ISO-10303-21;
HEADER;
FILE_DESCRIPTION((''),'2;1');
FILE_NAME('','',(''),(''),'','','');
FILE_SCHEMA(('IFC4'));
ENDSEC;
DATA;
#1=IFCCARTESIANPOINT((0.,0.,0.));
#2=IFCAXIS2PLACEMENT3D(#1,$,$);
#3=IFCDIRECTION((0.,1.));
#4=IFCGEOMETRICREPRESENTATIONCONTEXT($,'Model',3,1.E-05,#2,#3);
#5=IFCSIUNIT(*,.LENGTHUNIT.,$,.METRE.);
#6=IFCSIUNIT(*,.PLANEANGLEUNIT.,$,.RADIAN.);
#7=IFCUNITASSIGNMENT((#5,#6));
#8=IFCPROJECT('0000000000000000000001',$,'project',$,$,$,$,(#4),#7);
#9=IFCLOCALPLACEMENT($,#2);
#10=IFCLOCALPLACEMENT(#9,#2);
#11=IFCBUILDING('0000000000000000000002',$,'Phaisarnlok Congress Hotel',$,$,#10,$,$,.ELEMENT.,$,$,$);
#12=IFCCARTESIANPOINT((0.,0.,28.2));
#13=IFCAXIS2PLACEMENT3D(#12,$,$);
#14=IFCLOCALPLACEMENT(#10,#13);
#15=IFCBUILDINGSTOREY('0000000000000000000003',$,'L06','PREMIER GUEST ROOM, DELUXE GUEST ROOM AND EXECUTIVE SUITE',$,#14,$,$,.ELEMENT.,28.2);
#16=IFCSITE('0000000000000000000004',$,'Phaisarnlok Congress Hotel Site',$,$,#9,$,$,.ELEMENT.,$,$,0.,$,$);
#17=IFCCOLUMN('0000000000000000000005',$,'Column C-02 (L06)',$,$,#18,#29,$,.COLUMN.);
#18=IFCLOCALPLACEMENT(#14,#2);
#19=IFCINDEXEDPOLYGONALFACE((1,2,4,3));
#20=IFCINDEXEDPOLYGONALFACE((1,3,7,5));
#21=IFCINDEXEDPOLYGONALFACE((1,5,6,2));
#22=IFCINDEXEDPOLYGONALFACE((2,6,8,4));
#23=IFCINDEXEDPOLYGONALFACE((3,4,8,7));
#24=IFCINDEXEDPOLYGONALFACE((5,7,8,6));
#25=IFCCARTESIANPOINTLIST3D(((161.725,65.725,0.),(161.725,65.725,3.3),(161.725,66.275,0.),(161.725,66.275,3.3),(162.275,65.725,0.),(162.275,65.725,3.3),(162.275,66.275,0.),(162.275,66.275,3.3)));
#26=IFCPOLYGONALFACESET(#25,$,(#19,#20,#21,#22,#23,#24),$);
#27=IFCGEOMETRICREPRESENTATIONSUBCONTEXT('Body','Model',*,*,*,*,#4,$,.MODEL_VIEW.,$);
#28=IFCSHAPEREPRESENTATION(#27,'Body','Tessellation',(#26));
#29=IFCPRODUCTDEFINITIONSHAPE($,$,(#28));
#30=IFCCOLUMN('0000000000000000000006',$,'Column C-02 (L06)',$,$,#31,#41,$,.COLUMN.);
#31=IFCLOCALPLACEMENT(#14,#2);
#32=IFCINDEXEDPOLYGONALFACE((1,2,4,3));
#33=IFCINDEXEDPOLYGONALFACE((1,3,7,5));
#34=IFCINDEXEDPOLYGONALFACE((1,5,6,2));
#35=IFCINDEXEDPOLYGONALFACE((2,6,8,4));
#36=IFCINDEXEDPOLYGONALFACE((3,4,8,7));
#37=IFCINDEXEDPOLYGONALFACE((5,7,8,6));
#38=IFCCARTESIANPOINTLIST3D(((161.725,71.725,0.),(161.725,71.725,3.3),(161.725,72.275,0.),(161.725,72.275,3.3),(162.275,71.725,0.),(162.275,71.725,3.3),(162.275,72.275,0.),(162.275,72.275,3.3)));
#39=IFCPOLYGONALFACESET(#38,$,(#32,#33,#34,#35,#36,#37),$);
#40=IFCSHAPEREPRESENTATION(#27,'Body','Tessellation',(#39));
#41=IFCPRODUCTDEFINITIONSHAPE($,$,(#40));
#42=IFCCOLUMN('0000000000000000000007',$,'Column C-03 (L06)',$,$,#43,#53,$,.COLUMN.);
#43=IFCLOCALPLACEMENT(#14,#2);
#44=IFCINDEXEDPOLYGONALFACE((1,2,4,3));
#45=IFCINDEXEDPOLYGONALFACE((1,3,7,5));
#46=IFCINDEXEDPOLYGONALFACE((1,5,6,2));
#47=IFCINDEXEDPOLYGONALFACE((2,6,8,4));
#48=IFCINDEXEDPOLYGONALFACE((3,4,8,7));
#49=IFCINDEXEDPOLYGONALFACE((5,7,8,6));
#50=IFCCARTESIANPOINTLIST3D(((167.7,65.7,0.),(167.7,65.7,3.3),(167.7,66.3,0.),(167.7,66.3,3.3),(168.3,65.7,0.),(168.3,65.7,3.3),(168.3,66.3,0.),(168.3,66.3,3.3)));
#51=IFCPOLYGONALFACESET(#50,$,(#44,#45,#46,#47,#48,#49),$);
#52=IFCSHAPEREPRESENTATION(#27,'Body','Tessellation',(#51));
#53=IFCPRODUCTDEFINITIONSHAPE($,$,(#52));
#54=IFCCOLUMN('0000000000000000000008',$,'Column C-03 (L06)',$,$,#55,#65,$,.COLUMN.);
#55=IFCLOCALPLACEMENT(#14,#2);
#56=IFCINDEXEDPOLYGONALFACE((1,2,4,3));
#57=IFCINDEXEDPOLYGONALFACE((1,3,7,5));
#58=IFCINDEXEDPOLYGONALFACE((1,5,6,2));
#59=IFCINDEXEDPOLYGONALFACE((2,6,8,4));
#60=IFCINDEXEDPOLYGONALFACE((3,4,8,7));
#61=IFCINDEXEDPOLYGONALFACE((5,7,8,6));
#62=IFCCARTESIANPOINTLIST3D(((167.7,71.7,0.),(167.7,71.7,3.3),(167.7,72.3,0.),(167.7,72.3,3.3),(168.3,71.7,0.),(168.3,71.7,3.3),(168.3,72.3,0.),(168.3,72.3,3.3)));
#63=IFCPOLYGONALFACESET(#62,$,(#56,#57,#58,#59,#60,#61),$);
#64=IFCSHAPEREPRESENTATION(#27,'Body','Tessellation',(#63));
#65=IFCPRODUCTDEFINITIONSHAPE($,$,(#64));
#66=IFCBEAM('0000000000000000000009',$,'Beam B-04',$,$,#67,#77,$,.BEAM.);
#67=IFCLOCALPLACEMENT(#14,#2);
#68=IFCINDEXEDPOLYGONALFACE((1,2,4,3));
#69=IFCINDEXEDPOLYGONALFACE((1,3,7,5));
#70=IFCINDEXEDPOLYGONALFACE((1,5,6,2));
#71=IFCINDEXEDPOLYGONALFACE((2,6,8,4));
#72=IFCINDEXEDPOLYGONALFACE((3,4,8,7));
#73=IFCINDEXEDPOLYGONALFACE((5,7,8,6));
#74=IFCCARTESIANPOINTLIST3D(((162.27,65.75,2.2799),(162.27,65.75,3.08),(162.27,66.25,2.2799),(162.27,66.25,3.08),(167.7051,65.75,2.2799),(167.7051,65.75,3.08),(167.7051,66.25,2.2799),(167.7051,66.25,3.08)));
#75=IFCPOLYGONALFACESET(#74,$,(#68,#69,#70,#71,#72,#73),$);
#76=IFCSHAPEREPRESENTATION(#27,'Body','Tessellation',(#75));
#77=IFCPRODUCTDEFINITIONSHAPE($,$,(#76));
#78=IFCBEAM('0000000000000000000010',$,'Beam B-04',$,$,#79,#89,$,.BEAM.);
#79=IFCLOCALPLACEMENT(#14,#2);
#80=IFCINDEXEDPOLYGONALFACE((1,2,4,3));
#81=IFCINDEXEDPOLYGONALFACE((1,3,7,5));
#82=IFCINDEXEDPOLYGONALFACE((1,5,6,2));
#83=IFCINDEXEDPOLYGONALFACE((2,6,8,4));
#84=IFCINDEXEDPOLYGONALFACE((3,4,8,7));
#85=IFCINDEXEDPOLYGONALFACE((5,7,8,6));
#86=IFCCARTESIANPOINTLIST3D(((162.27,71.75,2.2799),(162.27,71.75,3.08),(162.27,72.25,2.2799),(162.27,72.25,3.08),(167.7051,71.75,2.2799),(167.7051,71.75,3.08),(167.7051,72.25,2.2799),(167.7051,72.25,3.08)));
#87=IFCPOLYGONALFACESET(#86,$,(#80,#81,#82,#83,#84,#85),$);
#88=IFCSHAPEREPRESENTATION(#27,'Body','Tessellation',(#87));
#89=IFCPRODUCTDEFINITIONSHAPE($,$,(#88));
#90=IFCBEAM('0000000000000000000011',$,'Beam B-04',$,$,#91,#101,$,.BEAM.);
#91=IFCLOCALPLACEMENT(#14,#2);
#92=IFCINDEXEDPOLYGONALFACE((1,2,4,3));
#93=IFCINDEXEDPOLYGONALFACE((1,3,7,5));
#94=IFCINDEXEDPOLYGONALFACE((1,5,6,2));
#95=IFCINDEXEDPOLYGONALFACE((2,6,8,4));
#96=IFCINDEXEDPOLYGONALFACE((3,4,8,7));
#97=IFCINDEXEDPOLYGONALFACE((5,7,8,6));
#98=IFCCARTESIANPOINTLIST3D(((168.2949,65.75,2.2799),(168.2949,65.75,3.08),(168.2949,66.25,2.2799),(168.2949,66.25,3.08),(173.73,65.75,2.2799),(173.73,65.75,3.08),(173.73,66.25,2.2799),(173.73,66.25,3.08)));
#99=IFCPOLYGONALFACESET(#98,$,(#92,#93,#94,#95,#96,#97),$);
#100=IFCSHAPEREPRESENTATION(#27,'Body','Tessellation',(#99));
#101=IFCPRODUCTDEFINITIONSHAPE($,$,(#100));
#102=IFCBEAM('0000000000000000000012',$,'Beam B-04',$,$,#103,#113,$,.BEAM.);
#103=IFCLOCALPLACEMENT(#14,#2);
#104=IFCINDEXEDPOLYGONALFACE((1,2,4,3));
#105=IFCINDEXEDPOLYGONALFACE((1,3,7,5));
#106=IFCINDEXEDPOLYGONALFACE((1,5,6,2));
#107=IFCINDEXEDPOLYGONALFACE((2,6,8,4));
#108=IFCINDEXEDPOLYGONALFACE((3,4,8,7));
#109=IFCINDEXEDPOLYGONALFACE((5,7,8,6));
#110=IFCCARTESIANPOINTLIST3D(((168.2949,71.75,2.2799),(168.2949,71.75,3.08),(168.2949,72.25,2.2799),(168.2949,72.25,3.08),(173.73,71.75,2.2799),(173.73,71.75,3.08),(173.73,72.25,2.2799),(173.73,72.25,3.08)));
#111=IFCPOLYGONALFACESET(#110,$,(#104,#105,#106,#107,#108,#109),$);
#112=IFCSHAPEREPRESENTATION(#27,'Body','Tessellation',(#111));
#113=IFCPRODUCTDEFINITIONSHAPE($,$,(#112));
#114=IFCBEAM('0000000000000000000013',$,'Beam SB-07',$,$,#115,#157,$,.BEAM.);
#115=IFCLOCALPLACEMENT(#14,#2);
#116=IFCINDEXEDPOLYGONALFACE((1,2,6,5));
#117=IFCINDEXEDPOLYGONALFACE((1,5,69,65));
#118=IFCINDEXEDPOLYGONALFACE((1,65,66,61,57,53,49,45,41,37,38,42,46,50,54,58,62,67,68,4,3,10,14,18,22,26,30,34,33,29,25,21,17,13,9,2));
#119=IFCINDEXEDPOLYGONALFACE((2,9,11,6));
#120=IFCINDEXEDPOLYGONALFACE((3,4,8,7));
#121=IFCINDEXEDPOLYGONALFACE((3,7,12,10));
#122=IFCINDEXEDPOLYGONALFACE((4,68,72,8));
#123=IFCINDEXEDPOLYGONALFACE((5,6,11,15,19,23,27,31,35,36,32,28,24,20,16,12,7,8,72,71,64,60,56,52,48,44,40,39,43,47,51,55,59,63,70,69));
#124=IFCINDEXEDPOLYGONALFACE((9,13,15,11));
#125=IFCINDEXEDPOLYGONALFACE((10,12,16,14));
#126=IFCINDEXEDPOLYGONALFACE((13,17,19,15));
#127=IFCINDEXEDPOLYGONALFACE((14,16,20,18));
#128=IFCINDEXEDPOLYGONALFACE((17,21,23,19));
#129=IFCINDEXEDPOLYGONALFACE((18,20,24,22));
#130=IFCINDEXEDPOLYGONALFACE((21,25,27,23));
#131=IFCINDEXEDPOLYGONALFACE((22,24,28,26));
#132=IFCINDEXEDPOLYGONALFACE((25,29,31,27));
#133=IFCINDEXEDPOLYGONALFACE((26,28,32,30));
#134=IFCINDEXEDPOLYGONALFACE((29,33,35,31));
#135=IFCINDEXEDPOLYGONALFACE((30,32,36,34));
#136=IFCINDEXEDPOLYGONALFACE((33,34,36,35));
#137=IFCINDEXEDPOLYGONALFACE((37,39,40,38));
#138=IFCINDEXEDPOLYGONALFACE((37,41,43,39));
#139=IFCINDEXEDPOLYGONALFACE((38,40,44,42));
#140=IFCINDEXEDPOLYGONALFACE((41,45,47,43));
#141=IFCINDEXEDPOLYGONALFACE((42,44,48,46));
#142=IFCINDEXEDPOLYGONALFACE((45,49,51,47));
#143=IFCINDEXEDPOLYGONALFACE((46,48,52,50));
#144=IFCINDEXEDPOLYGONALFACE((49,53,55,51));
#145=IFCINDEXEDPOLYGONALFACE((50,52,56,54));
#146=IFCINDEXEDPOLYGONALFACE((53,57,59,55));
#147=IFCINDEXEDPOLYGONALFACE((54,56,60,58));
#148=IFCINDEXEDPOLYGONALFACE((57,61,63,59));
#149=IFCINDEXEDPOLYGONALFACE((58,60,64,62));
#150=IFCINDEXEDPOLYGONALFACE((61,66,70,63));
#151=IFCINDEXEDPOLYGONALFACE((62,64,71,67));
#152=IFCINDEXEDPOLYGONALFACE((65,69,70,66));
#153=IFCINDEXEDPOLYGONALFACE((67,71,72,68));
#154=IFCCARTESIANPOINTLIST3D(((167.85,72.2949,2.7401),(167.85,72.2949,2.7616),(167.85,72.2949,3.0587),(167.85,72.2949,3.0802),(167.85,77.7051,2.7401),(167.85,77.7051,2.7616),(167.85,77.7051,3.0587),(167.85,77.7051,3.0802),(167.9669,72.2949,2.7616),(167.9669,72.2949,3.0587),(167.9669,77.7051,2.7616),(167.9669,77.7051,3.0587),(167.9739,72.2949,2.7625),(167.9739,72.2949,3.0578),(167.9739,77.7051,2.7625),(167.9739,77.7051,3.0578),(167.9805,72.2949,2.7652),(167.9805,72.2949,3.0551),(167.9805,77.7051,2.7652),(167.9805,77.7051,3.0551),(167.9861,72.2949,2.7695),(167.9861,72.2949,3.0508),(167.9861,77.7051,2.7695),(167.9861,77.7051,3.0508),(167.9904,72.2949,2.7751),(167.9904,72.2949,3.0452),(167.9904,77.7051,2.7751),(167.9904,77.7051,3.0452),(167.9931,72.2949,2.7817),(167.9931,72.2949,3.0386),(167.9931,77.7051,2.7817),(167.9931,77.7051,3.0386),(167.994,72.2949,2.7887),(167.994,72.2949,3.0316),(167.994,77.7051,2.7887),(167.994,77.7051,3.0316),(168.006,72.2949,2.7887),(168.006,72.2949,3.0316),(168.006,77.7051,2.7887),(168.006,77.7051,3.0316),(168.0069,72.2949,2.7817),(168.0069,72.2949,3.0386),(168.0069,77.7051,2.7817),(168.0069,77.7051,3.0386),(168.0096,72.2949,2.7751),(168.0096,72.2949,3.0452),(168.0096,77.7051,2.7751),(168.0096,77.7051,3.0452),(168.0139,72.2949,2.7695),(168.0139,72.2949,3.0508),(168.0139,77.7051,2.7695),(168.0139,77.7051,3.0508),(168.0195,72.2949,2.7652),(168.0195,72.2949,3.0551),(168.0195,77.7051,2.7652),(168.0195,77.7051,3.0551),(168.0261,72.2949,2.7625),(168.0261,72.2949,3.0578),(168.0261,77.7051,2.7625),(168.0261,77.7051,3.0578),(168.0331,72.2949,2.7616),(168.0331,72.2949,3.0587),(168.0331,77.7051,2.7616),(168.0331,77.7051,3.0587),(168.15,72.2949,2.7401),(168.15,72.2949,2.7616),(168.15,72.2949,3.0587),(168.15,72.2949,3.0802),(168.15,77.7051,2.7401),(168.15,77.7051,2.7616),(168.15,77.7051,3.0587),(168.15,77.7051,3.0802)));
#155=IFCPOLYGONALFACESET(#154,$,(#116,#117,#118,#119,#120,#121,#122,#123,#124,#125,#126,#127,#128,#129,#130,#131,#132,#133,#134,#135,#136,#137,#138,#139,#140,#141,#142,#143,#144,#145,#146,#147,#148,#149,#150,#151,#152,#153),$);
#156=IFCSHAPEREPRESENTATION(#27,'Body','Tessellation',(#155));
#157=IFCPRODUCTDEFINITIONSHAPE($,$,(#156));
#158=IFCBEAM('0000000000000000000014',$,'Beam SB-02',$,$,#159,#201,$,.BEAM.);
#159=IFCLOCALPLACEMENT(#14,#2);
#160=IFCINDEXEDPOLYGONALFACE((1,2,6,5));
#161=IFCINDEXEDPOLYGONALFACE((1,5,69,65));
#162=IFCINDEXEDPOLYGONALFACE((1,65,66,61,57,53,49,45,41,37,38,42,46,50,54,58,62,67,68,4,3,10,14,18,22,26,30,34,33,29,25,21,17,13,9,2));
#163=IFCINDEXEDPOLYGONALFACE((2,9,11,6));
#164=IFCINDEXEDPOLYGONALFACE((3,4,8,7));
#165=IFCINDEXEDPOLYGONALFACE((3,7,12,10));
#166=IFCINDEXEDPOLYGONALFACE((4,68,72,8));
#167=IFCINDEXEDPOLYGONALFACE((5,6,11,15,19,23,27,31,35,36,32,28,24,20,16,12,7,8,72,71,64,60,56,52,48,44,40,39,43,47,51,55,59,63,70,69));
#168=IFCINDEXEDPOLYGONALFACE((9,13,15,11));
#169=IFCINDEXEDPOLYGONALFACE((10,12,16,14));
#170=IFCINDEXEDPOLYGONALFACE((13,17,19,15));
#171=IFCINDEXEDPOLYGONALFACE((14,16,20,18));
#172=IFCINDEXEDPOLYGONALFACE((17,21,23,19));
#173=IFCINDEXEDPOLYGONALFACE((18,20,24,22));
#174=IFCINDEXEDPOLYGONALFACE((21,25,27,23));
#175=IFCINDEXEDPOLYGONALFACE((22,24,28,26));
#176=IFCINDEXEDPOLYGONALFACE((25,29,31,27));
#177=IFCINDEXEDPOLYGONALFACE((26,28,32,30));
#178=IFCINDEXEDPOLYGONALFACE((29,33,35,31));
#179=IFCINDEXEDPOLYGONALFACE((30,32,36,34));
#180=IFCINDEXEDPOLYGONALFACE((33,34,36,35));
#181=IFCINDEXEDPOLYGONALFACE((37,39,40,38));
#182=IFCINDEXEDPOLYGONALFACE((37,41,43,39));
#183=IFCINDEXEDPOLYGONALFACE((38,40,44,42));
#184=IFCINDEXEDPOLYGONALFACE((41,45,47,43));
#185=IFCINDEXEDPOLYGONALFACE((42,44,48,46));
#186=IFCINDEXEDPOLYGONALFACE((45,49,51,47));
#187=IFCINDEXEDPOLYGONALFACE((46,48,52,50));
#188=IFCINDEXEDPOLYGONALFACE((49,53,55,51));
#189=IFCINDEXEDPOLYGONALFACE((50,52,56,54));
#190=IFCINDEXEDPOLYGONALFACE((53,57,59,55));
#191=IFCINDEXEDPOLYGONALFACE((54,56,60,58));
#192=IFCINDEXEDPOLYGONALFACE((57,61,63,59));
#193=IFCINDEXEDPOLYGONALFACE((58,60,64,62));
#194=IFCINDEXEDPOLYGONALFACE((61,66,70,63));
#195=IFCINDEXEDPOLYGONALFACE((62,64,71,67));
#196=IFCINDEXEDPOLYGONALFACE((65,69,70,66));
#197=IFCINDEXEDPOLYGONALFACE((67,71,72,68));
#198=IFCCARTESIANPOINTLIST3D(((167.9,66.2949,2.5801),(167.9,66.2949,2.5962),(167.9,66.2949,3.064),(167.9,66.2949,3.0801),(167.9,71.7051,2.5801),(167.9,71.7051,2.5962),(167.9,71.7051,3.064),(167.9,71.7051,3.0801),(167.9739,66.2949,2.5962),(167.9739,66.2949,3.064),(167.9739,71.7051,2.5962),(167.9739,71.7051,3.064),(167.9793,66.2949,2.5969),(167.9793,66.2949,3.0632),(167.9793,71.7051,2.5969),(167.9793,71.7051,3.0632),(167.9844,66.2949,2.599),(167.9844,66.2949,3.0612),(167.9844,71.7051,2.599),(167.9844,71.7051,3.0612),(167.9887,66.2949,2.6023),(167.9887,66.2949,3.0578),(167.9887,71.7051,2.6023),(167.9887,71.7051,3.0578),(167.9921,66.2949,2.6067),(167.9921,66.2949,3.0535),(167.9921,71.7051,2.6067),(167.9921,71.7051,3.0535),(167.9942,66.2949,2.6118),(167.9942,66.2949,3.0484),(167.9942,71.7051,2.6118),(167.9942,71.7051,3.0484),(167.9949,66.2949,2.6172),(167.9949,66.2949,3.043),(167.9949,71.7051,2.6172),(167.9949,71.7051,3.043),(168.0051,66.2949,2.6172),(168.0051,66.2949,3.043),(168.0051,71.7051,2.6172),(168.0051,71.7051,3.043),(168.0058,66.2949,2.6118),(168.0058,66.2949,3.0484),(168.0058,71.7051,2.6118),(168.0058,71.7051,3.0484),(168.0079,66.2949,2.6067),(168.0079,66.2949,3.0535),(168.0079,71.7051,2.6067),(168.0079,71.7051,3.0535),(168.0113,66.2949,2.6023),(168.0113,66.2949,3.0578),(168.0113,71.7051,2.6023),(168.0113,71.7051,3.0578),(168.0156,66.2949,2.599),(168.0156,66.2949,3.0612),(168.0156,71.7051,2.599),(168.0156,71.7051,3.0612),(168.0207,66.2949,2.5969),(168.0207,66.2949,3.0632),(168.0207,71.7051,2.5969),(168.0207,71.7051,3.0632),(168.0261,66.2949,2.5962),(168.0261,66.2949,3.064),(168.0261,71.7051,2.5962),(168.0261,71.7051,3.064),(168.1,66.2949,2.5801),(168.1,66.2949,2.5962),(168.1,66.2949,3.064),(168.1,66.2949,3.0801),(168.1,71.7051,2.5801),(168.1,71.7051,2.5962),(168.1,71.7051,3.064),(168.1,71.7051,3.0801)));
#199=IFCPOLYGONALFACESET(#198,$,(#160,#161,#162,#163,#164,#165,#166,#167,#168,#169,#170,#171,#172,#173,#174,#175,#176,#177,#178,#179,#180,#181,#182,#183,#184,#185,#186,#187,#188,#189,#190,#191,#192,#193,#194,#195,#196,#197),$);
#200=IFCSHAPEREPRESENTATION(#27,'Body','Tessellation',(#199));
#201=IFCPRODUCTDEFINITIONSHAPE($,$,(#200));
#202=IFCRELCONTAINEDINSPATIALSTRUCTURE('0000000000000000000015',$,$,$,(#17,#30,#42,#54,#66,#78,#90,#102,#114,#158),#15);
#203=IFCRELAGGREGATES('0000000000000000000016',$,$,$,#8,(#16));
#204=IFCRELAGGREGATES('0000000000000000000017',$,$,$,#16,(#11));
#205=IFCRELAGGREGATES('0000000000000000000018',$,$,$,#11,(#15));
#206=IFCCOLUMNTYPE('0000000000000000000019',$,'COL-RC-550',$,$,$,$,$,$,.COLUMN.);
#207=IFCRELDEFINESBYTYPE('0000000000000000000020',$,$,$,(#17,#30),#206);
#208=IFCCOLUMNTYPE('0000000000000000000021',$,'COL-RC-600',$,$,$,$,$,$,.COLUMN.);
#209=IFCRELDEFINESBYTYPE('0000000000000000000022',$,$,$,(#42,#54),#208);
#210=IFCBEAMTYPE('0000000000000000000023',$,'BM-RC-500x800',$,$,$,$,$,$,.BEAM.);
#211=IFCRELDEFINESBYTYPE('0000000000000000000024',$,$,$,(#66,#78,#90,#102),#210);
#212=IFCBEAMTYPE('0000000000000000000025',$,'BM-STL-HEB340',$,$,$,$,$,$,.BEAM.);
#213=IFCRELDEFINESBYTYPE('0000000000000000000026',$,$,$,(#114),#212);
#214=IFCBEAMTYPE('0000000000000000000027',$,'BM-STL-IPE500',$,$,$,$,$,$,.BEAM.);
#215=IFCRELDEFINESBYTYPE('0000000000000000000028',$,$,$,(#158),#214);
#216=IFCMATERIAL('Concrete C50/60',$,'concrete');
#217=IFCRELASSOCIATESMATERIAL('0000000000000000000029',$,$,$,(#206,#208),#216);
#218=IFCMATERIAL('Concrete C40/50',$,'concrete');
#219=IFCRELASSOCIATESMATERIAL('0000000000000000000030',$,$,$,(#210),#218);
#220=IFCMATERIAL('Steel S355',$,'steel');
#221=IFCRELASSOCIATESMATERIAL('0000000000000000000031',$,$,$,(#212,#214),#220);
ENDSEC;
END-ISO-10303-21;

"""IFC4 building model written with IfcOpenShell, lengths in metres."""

from ifc_helpers import new_model, si_unit, direction, frame, origin, origin_2d, place, context, subcontext, project, spatial, rectangle, i_section, extrude, material, material_profile, profile_set, type_object, element, save


model = new_model("IFC4")

# Units and contexts
model_context = context("Model", 3, precision=1e-05, world=origin(), true_north=direction((0.0, 1.0)))
body_context = subcontext(model_context, "Body", "Model", "MODEL_VIEW")
ifc_project = project(units=[si_unit("LENGTHUNIT", "METRE"), si_unit("PLANEANGLEUNIT", "RADIAN")], contexts=[model_context])

# Site, building, storey
site_placement = place(None, origin())
site = spatial("IfcSite", under=ifc_project, at=site_placement, Name="Phaisarnlok Congress Hotel Site", CompositionType="ELEMENT", RefElevation=0.0)
building_placement = place(site_placement, origin())
building = spatial("IfcBuilding", under=site, at=building_placement, Name="Phaisarnlok Congress Hotel", CompositionType="ELEMENT")
storey_placement = place(building_placement, frame((0.0, 0.0, 28.2)))
storey = spatial("IfcBuildingStorey", under=building, at=storey_placement, Name="L06", Description="PREMIER GUEST ROOM, DELUXE GUEST ROOM AND EXECUTIVE SUITE", CompositionType="ELEMENT", Elevation=28.2)

# Columns
ifc_material_1 = material(Name="Concrete C50/60", Category="concrete")
ifc_material_profile_1 = material_profile(ifc_material_1, rectangle(XDim=0.55, YDim=0.55, at=origin_2d()), Name="RC 550x550")
ifc_profile_set_1 = profile_set([ifc_material_profile_1], Name="Concrete C50/60")
column_type_1 = type_object("IfcColumnType", Name="COL-RC-550", PredefinedType="COLUMN", material=ifc_profile_set_1)
for number, where, z_axis, x_axis, name in (
    (1, (162.0, 66.0, 0.0), (0.0, 0.0, 1.0), (1.0, 0.0, 0.0), "Column C-02 (L06)"),
    (2, (162.0, 72.0, 0.0), (0.0, 0.0, 1.0), (1.0, 0.0, 0.0), "Column C-02 (L06)"),
):
    element("IfcColumn", number, at=place(storey_placement, frame(where, z_axis=z_axis, x_axis=x_axis)), inside=storey, type_object=column_type_1, Name=name, PredefinedType="COLUMN", context=body_context, shape_type="SweptSolid", body=[
        extrude(rectangle(XDim=0.55, YDim=0.55, at=origin_2d()), origin(), (0.0, 0.0, 1.0), 3.3),
    ])
ifc_material_profile_2 = material_profile(ifc_material_1, rectangle(XDim=0.6001, YDim=0.6001, at=origin_2d()), Name="RC 600x600")
ifc_profile_set_2 = profile_set([ifc_material_profile_2], Name="Concrete C50/60")
column_type_2 = type_object("IfcColumnType", Name="COL-RC-600", PredefinedType="COLUMN", material=ifc_profile_set_2)
for number, where, z_axis, x_axis, name in (
    (3, (168.0, 66.0, 0.0), (0.0, 0.0, 1.0), (1.0, 0.0, 0.0), "Column C-03 (L06)"),
    (4, (168.0, 72.0, 0.0), (0.0, 0.0, 1.0), (1.0, 0.0, 0.0), "Column C-03 (L06)"),
):
    element("IfcColumn", number, at=place(storey_placement, frame(where, z_axis=z_axis, x_axis=x_axis)), inside=storey, type_object=column_type_2, Name=name, PredefinedType="COLUMN", context=body_context, shape_type="SweptSolid", body=[
        extrude(rectangle(XDim=0.6001, YDim=0.6001, at=origin_2d()), origin(), (0.0, 0.0, 1.0), 3.3),
    ])

# Beams
ifc_material_2 = material(Name="Concrete C40/50", Category="concrete")
ifc_material_profile_3 = material_profile(ifc_material_2, rectangle(XDim=0.5, YDim=0.8, at=origin_2d()), Name="RC 500x800")
ifc_profile_set_3 = profile_set([ifc_material_profile_3], Name="Concrete C40/50")
beam_type_1 = type_object("IfcBeamType", Name="BM-RC-500x800", PredefinedType="BEAM", material=ifc_profile_set_3)
for number, where, z_axis, x_axis, name in (
    (5, (162.27, 66.0, 2.6799), (1.0, 0.0, 0.0), (0.0, 1.0, 0.0), "Beam B-04"),
    (6, (162.27, 72.0, 2.6799), (1.0, 0.0, 0.0), (0.0, 1.0, 0.0), "Beam B-04"),
    (7, (168.2949, 66.0, 2.6799), (1.0, 0.0, 0.0), (0.0, 1.0, 0.0), "Beam B-04"),
    (8, (168.2949, 72.0, 2.6799), (1.0, 0.0, 0.0), (0.0, 1.0, 0.0), "Beam B-04"),
):
    element("IfcBeam", number, at=place(storey_placement, frame(where, z_axis=z_axis, x_axis=x_axis)), inside=storey, type_object=beam_type_1, Name=name, PredefinedType="BEAM", context=body_context, shape_type="SweptSolid", body=[
        extrude(rectangle(XDim=0.5, YDim=0.8, at=origin_2d()), origin(), (0.0, 0.0, 1.0), 5.4351),
    ])
ifc_material_3 = material(Name="Steel S355", Category="steel")
ifc_material_profile_4 = material_profile(ifc_material_3, i_section(OverallWidth=0.3, OverallDepth=0.3401, WebThickness=0.012, FlangeThickness=0.0215, FilletRadius=0.0271, at=origin_2d()), Name="HEB 340")
ifc_profile_set_4 = profile_set([ifc_material_profile_4], Name="Steel S355")
beam_type_2 = type_object("IfcBeamType", Name="BM-STL-HEB340", PredefinedType="BEAM", material=ifc_profile_set_4)
beam_1_placement = place(storey_placement, frame((168.0, 72.2949, 2.9102), z_axis=(0.0, 1.0, 0.0), x_axis=(-1.0, 0.0, 0.0)))
element("IfcBeam", 9, at=beam_1_placement, inside=storey, type_object=beam_type_2, Name="Beam SB-07", PredefinedType="BEAM", context=body_context, shape_type="SweptSolid", body=[
    extrude(i_section(OverallWidth=0.3, OverallDepth=0.3401, WebThickness=0.012, FlangeThickness=0.0215, FilletRadius=0.0271, at=origin_2d()), origin(), (0.0, 0.0, 1.0), 5.4102),
])
ifc_material_profile_5 = material_profile(ifc_material_3, i_section(OverallWidth=0.2, OverallDepth=0.5, WebThickness=0.0103, FlangeThickness=0.0161, FilletRadius=0.021, at=origin_2d()), Name="IPE 500")
ifc_profile_set_5 = profile_set([ifc_material_profile_5], Name="Steel S355")
beam_type_3 = type_object("IfcBeamType", Name="BM-STL-IPE500", PredefinedType="BEAM", material=ifc_profile_set_5)
beam_2_placement = place(storey_placement, frame((168.0, 66.2949, 2.8301), z_axis=(0.0, 1.0, 0.0), x_axis=(-1.0, 0.0, 0.0)))
element("IfcBeam", 10, at=beam_2_placement, inside=storey, type_object=beam_type_3, Name="Beam SB-02", PredefinedType="BEAM", context=body_context, shape_type="SweptSolid", body=[
    extrude(i_section(OverallWidth=0.2, OverallDepth=0.5, WebThickness=0.0103, FlangeThickness=0.0161, FilletRadius=0.021, at=origin_2d()), origin(), (0.0, 0.0, 1.0), 5.4102),
])

save(model, "model.ifc")
